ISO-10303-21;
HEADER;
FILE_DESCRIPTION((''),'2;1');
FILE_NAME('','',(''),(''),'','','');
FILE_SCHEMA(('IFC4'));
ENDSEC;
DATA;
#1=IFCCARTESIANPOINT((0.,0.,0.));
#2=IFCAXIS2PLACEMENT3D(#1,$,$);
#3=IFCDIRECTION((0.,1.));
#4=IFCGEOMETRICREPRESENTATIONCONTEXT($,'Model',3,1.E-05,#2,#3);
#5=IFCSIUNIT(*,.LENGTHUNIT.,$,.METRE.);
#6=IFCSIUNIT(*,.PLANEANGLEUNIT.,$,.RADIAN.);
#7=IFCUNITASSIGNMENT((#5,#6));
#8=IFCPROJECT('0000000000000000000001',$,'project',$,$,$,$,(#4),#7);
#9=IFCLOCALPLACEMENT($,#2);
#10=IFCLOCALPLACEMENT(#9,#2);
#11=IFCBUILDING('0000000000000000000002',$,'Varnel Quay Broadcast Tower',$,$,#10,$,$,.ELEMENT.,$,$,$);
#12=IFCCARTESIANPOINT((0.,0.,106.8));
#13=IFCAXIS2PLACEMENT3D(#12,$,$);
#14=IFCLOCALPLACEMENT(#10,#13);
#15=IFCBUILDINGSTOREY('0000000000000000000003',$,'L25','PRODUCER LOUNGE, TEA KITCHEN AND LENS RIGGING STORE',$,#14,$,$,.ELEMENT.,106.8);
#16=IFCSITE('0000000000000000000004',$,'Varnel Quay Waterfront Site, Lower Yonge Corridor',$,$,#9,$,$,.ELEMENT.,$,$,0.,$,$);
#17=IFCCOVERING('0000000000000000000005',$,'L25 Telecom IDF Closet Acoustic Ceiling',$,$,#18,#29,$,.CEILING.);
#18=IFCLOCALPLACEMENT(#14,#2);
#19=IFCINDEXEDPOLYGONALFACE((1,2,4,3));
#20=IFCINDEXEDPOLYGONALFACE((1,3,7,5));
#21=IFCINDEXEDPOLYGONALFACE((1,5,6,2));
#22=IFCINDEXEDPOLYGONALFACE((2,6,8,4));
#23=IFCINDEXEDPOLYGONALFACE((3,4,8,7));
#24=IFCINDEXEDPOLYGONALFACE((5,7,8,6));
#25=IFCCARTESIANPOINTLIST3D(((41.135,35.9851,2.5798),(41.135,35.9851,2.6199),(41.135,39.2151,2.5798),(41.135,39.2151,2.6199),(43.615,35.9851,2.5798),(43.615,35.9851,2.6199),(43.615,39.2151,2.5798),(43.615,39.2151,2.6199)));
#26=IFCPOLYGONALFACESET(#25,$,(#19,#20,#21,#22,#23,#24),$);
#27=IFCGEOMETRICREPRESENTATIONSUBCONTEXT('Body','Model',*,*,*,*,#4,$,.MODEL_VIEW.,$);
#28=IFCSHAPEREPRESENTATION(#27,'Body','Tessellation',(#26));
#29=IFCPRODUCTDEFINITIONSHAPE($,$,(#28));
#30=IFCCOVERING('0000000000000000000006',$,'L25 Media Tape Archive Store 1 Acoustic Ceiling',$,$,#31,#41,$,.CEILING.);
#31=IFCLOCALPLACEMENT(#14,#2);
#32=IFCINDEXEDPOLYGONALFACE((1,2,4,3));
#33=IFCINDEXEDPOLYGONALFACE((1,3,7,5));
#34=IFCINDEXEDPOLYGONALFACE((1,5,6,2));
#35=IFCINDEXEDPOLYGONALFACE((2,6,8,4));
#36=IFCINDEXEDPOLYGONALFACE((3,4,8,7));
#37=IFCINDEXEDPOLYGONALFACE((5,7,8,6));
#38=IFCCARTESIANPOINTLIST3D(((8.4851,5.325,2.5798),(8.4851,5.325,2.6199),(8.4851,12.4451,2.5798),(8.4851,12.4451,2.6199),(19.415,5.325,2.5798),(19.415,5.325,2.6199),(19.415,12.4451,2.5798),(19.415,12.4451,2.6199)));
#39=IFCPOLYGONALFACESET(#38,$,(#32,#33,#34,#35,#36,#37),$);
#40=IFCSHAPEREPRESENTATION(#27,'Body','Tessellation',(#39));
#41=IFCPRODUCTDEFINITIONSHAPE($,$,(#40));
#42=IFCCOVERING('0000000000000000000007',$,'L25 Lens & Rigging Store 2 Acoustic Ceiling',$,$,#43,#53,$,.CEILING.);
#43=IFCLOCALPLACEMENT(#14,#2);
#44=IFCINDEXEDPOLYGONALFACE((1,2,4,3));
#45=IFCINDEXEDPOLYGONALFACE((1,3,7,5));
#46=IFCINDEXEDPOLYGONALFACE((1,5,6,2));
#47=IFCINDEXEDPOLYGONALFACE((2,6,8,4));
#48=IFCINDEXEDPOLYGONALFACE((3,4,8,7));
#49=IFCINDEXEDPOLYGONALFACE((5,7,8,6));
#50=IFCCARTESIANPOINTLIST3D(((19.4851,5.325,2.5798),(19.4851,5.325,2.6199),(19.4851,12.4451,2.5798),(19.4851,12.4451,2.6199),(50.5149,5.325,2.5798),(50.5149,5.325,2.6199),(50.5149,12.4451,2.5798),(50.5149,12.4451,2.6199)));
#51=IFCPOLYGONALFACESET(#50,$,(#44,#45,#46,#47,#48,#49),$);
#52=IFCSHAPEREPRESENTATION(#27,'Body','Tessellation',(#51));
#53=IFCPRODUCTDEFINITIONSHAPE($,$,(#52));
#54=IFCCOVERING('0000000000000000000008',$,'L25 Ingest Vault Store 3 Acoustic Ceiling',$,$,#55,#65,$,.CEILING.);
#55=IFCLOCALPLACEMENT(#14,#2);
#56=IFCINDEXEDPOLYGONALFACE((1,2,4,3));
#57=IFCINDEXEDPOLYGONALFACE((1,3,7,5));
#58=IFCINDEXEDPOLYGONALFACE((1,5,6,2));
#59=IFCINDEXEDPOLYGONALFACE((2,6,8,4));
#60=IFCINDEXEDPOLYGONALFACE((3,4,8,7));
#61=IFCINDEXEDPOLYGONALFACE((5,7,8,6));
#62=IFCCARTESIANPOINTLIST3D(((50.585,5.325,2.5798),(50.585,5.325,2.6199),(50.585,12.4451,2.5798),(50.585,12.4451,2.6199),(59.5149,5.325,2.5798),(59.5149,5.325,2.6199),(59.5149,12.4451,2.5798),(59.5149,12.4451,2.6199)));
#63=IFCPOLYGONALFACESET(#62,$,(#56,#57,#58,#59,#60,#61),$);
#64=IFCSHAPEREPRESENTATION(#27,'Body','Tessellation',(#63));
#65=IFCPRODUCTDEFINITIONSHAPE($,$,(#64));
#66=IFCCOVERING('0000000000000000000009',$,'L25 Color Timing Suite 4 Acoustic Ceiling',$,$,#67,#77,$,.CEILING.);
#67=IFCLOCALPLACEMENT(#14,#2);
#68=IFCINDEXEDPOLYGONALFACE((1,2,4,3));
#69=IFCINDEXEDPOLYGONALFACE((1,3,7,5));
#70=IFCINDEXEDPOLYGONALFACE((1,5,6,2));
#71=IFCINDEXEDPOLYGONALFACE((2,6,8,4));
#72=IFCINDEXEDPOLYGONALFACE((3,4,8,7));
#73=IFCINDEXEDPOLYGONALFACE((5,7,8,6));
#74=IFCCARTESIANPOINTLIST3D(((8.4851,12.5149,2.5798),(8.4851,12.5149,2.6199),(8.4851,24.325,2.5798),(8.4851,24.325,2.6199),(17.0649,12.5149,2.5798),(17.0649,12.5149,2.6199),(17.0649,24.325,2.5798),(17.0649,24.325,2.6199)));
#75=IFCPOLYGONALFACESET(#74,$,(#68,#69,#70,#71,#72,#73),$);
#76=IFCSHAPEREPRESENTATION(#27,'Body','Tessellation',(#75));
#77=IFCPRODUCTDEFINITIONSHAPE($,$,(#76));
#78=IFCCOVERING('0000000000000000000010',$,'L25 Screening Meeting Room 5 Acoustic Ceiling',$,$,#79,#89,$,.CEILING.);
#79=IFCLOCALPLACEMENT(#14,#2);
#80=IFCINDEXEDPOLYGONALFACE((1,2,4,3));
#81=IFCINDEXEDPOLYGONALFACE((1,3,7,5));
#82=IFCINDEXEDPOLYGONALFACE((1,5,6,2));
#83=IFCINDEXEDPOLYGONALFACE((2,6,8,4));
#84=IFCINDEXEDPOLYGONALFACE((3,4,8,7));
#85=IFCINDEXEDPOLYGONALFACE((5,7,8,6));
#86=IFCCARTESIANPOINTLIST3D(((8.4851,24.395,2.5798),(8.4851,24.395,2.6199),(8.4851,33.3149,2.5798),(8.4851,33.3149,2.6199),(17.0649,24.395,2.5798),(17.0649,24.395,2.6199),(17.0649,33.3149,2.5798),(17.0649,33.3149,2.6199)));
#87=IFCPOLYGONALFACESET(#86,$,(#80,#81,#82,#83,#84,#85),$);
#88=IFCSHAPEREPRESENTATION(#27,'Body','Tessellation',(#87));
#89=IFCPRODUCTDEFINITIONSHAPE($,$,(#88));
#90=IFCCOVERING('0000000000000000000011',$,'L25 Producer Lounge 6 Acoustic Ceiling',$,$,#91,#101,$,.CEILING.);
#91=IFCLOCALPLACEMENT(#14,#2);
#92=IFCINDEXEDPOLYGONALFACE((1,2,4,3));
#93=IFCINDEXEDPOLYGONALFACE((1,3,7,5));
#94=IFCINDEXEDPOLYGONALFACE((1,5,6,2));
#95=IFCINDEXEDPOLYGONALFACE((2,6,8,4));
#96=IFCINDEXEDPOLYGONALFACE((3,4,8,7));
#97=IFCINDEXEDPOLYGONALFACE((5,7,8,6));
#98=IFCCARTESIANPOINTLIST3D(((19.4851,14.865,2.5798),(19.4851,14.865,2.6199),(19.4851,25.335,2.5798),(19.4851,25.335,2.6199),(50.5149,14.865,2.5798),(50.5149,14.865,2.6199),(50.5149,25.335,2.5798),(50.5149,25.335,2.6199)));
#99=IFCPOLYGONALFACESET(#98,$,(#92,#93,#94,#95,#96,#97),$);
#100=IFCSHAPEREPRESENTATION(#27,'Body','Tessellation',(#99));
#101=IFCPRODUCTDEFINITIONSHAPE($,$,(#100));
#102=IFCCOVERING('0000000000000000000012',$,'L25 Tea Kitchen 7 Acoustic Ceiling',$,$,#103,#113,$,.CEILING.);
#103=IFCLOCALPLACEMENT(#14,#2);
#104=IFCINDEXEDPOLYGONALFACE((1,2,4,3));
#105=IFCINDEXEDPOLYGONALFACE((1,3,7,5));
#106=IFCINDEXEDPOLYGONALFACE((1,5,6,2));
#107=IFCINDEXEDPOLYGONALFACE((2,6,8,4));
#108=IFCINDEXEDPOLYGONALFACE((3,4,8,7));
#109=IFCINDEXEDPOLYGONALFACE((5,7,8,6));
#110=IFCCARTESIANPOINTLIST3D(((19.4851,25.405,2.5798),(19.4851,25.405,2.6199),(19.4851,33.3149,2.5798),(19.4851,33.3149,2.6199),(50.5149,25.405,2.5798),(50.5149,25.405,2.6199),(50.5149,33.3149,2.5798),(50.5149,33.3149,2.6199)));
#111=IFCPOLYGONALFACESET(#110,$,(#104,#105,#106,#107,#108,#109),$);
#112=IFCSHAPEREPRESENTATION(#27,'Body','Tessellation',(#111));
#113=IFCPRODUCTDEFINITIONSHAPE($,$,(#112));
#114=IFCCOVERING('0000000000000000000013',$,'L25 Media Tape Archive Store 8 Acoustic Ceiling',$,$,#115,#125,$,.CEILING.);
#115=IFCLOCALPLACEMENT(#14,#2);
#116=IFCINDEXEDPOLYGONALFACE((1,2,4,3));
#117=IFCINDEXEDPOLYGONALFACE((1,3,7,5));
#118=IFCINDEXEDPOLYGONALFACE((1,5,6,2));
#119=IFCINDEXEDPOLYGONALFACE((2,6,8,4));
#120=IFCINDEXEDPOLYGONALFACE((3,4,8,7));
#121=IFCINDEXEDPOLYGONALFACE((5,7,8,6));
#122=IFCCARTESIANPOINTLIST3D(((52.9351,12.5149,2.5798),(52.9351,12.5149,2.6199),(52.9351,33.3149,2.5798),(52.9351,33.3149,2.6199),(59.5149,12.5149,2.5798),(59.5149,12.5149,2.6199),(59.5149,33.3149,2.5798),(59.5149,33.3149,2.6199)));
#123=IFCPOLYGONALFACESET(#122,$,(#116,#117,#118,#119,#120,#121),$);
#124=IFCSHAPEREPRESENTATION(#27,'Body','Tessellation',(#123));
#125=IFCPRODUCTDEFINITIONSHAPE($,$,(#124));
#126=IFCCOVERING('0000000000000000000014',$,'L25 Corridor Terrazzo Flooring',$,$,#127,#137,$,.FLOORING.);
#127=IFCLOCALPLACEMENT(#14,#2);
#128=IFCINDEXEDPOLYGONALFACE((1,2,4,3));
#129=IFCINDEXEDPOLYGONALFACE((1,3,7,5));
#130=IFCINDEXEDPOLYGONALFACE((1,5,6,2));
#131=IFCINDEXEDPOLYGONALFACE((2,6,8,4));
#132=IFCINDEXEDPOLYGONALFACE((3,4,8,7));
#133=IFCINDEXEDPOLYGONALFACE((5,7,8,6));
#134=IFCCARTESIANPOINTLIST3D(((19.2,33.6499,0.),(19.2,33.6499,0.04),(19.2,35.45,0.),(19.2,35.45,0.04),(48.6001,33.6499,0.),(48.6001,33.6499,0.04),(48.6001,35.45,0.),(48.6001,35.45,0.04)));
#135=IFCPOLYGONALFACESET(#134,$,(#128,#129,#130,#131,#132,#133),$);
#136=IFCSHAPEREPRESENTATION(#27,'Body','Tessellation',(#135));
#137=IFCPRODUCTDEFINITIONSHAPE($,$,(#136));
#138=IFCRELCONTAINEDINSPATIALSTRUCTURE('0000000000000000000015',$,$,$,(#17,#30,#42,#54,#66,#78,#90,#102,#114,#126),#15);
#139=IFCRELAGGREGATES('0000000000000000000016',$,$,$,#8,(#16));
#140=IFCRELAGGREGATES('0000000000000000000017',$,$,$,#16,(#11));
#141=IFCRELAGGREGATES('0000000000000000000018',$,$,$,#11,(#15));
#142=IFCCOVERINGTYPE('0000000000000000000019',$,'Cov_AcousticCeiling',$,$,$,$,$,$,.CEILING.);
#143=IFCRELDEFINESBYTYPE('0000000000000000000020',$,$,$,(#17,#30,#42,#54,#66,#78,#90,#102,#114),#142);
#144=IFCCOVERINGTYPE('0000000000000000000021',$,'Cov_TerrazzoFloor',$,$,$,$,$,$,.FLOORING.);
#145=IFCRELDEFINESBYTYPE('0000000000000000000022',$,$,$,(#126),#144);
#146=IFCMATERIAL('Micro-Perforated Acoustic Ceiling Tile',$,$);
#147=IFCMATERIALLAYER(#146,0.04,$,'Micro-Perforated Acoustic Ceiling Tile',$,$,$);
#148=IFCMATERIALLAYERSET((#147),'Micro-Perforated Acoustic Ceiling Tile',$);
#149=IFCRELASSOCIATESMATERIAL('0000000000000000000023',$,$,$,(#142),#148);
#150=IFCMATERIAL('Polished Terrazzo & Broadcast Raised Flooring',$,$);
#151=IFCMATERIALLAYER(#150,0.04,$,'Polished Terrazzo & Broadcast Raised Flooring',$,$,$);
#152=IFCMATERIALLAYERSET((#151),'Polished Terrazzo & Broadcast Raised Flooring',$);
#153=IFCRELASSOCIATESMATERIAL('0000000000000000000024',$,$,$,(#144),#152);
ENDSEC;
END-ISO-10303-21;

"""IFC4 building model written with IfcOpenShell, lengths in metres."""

from ifc_helpers import new_model, si_unit, direction, frame, origin, place, context, subcontext, project, spatial, polyline, outline, extrude, material, layer, layer_set, type_object, element, save


model = new_model("IFC4")

# Units and contexts
model_context = context("Model", 3, precision=1e-05, world=origin(), true_north=direction((0.0, 1.0)))
body_context = subcontext(model_context, "Body", "Model", "MODEL_VIEW")
ifc_project = project(units=[si_unit("LENGTHUNIT", "METRE"), si_unit("PLANEANGLEUNIT", "RADIAN")], contexts=[model_context])

# Site, building, storey
site_placement = place(None, origin())
site = spatial("IfcSite", under=ifc_project, at=site_placement, Name="Varnel Quay Waterfront Site, Lower Yonge Corridor", CompositionType="ELEMENT", RefElevation=0.0)
building_placement = place(site_placement, origin())
building = spatial("IfcBuilding", under=site, at=building_placement, Name="Varnel Quay Broadcast Tower", CompositionType="ELEMENT")
storey_placement = place(building_placement, frame((0.0, 0.0, 106.8)))
storey = spatial("IfcBuildingStorey", under=building, at=storey_placement, Name="L25", Description="PRODUCER LOUNGE, TEA KITCHEN AND LENS RIGGING STORE", CompositionType="ELEMENT", Elevation=106.8)

# Coverings
ifc_material_1 = material(Name="Micro-Perforated Acoustic Ceiling Tile")
ifc_layer_1 = layer(ifc_material_1, 0.04, Name="Micro-Perforated Acoustic Ceiling Tile")
ifc_layer_set_1 = layer_set([ifc_layer_1], Name="Micro-Perforated Acoustic Ceiling Tile")
covering_type_1 = type_object("IfcCoveringType", Name="Cov_AcousticCeiling", PredefinedType="CEILING", material=ifc_layer_set_1)
covering_1_placement = place(storey_placement, frame((0.0, 0.0, 2.5798)))
element("IfcCovering", 1, at=covering_1_placement, inside=storey, type_object=covering_type_1, Name="L25 Telecom IDF Closet Acoustic Ceiling", PredefinedType="CEILING", context=body_context, shape_type="SweptSolid", body=[
    extrude(outline(polyline([(41.135, 35.9851), (43.615, 35.9851), (43.615, 39.2151), (41.135, 39.2151), (41.135, 35.9851)])), origin(), (0.0, 0.0, 1.0), 0.04),
])
covering_2_placement = place(storey_placement, frame((0.0, 0.0, 2.5798)))
element("IfcCovering", 2, at=covering_2_placement, inside=storey, type_object=covering_type_1, Name="L25 Media Tape Archive Store 1 Acoustic Ceiling", PredefinedType="CEILING", context=body_context, shape_type="SweptSolid", body=[
    extrude(outline(polyline([(8.4851, 5.325), (19.415, 5.325), (19.415, 12.4451), (8.4851, 12.4451), (8.4851, 5.325)])), origin(), (0.0, 0.0, 1.0), 0.04),
])
covering_3_placement = place(storey_placement, frame((0.0, 0.0, 2.5798)))
element("IfcCovering", 3, at=covering_3_placement, inside=storey, type_object=covering_type_1, Name="L25 Lens & Rigging Store 2 Acoustic Ceiling", PredefinedType="CEILING", context=body_context, shape_type="SweptSolid", body=[
    extrude(outline(polyline([(19.4851, 5.325), (50.5149, 5.325), (50.5149, 12.4451), (19.4851, 12.4451), (19.4851, 5.325)])), origin(), (0.0, 0.0, 1.0), 0.04),
])
covering_4_placement = place(storey_placement, frame((0.0, 0.0, 2.5798)))
element("IfcCovering", 4, at=covering_4_placement, inside=storey, type_object=covering_type_1, Name="L25 Ingest Vault Store 3 Acoustic Ceiling", PredefinedType="CEILING", context=body_context, shape_type="SweptSolid", body=[
    extrude(outline(polyline([(50.585, 5.325), (59.5149, 5.325), (59.5149, 12.4451), (50.585, 12.4451), (50.585, 5.325)])), origin(), (0.0, 0.0, 1.0), 0.04),
])
covering_5_placement = place(storey_placement, frame((0.0, 0.0, 2.5798)))
element("IfcCovering", 5, at=covering_5_placement, inside=storey, type_object=covering_type_1, Name="L25 Color Timing Suite 4 Acoustic Ceiling", PredefinedType="CEILING", context=body_context, shape_type="SweptSolid", body=[
    extrude(outline(polyline([(8.4851, 12.5149), (17.0649, 12.5149), (17.0649, 24.325), (8.4851, 24.325), (8.4851, 12.5149)])), origin(), (0.0, 0.0, 1.0), 0.04),
])
covering_6_placement = place(storey_placement, frame((0.0, 0.0, 2.5798)))
element("IfcCovering", 6, at=covering_6_placement, inside=storey, type_object=covering_type_1, Name="L25 Screening Meeting Room 5 Acoustic Ceiling", PredefinedType="CEILING", context=body_context, shape_type="SweptSolid", body=[
    extrude(outline(polyline([(8.4851, 24.395), (17.0649, 24.395), (17.0649, 33.3149), (8.4851, 33.3149), (8.4851, 24.395)])), origin(), (0.0, 0.0, 1.0), 0.04),
])
covering_7_placement = place(storey_placement, frame((0.0, 0.0, 2.5798)))
element("IfcCovering", 7, at=covering_7_placement, inside=storey, type_object=covering_type_1, Name="L25 Producer Lounge 6 Acoustic Ceiling", PredefinedType="CEILING", context=body_context, shape_type="SweptSolid", body=[
    extrude(outline(polyline([(19.4851, 14.865), (50.5149, 14.865), (50.5149, 25.335), (19.4851, 25.335), (19.4851, 14.865)])), origin(), (0.0, 0.0, 1.0), 0.04),
])
covering_8_placement = place(storey_placement, frame((0.0, 0.0, 2.5798)))
element("IfcCovering", 8, at=covering_8_placement, inside=storey, type_object=covering_type_1, Name="L25 Tea Kitchen 7 Acoustic Ceiling", PredefinedType="CEILING", context=body_context, shape_type="SweptSolid", body=[
    extrude(outline(polyline([(19.4851, 25.405), (50.5149, 25.405), (50.5149, 33.3149), (19.4851, 33.3149), (19.4851, 25.405)])), origin(), (0.0, 0.0, 1.0), 0.04),
])
covering_9_placement = place(storey_placement, frame((0.0, 0.0, 2.5798)))
element("IfcCovering", 9, at=covering_9_placement, inside=storey, type_object=covering_type_1, Name="L25 Media Tape Archive Store 8 Acoustic Ceiling", PredefinedType="CEILING", context=body_context, shape_type="SweptSolid", body=[
    extrude(outline(polyline([(52.9351, 12.5149), (59.5149, 12.5149), (59.5149, 33.3149), (52.9351, 33.3149), (52.9351, 12.5149)])), origin(), (0.0, 0.0, 1.0), 0.04),
])
ifc_material_2 = material(Name="Polished Terrazzo & Broadcast Raised Flooring")
ifc_layer_2 = layer(ifc_material_2, 0.04, Name="Polished Terrazzo & Broadcast Raised Flooring")
ifc_layer_set_2 = layer_set([ifc_layer_2], Name="Polished Terrazzo & Broadcast Raised Flooring")
covering_type_2 = type_object("IfcCoveringType", Name="Cov_TerrazzoFloor", PredefinedType="FLOORING", material=ifc_layer_set_2)
covering_10_placement = place(storey_placement, origin())
element("IfcCovering", 10, at=covering_10_placement, inside=storey, type_object=covering_type_2, Name="L25 Corridor Terrazzo Flooring", PredefinedType="FLOORING", context=body_context, shape_type="SweptSolid", body=[
    extrude(outline(polyline([(19.2, 33.6499), (48.6001, 33.6499), (48.6001, 35.45), (19.2, 35.45), (19.2, 33.6499)])), origin(), (0.0, 0.0, 1.0), 0.04),
])

save(model, "model.ifc")
